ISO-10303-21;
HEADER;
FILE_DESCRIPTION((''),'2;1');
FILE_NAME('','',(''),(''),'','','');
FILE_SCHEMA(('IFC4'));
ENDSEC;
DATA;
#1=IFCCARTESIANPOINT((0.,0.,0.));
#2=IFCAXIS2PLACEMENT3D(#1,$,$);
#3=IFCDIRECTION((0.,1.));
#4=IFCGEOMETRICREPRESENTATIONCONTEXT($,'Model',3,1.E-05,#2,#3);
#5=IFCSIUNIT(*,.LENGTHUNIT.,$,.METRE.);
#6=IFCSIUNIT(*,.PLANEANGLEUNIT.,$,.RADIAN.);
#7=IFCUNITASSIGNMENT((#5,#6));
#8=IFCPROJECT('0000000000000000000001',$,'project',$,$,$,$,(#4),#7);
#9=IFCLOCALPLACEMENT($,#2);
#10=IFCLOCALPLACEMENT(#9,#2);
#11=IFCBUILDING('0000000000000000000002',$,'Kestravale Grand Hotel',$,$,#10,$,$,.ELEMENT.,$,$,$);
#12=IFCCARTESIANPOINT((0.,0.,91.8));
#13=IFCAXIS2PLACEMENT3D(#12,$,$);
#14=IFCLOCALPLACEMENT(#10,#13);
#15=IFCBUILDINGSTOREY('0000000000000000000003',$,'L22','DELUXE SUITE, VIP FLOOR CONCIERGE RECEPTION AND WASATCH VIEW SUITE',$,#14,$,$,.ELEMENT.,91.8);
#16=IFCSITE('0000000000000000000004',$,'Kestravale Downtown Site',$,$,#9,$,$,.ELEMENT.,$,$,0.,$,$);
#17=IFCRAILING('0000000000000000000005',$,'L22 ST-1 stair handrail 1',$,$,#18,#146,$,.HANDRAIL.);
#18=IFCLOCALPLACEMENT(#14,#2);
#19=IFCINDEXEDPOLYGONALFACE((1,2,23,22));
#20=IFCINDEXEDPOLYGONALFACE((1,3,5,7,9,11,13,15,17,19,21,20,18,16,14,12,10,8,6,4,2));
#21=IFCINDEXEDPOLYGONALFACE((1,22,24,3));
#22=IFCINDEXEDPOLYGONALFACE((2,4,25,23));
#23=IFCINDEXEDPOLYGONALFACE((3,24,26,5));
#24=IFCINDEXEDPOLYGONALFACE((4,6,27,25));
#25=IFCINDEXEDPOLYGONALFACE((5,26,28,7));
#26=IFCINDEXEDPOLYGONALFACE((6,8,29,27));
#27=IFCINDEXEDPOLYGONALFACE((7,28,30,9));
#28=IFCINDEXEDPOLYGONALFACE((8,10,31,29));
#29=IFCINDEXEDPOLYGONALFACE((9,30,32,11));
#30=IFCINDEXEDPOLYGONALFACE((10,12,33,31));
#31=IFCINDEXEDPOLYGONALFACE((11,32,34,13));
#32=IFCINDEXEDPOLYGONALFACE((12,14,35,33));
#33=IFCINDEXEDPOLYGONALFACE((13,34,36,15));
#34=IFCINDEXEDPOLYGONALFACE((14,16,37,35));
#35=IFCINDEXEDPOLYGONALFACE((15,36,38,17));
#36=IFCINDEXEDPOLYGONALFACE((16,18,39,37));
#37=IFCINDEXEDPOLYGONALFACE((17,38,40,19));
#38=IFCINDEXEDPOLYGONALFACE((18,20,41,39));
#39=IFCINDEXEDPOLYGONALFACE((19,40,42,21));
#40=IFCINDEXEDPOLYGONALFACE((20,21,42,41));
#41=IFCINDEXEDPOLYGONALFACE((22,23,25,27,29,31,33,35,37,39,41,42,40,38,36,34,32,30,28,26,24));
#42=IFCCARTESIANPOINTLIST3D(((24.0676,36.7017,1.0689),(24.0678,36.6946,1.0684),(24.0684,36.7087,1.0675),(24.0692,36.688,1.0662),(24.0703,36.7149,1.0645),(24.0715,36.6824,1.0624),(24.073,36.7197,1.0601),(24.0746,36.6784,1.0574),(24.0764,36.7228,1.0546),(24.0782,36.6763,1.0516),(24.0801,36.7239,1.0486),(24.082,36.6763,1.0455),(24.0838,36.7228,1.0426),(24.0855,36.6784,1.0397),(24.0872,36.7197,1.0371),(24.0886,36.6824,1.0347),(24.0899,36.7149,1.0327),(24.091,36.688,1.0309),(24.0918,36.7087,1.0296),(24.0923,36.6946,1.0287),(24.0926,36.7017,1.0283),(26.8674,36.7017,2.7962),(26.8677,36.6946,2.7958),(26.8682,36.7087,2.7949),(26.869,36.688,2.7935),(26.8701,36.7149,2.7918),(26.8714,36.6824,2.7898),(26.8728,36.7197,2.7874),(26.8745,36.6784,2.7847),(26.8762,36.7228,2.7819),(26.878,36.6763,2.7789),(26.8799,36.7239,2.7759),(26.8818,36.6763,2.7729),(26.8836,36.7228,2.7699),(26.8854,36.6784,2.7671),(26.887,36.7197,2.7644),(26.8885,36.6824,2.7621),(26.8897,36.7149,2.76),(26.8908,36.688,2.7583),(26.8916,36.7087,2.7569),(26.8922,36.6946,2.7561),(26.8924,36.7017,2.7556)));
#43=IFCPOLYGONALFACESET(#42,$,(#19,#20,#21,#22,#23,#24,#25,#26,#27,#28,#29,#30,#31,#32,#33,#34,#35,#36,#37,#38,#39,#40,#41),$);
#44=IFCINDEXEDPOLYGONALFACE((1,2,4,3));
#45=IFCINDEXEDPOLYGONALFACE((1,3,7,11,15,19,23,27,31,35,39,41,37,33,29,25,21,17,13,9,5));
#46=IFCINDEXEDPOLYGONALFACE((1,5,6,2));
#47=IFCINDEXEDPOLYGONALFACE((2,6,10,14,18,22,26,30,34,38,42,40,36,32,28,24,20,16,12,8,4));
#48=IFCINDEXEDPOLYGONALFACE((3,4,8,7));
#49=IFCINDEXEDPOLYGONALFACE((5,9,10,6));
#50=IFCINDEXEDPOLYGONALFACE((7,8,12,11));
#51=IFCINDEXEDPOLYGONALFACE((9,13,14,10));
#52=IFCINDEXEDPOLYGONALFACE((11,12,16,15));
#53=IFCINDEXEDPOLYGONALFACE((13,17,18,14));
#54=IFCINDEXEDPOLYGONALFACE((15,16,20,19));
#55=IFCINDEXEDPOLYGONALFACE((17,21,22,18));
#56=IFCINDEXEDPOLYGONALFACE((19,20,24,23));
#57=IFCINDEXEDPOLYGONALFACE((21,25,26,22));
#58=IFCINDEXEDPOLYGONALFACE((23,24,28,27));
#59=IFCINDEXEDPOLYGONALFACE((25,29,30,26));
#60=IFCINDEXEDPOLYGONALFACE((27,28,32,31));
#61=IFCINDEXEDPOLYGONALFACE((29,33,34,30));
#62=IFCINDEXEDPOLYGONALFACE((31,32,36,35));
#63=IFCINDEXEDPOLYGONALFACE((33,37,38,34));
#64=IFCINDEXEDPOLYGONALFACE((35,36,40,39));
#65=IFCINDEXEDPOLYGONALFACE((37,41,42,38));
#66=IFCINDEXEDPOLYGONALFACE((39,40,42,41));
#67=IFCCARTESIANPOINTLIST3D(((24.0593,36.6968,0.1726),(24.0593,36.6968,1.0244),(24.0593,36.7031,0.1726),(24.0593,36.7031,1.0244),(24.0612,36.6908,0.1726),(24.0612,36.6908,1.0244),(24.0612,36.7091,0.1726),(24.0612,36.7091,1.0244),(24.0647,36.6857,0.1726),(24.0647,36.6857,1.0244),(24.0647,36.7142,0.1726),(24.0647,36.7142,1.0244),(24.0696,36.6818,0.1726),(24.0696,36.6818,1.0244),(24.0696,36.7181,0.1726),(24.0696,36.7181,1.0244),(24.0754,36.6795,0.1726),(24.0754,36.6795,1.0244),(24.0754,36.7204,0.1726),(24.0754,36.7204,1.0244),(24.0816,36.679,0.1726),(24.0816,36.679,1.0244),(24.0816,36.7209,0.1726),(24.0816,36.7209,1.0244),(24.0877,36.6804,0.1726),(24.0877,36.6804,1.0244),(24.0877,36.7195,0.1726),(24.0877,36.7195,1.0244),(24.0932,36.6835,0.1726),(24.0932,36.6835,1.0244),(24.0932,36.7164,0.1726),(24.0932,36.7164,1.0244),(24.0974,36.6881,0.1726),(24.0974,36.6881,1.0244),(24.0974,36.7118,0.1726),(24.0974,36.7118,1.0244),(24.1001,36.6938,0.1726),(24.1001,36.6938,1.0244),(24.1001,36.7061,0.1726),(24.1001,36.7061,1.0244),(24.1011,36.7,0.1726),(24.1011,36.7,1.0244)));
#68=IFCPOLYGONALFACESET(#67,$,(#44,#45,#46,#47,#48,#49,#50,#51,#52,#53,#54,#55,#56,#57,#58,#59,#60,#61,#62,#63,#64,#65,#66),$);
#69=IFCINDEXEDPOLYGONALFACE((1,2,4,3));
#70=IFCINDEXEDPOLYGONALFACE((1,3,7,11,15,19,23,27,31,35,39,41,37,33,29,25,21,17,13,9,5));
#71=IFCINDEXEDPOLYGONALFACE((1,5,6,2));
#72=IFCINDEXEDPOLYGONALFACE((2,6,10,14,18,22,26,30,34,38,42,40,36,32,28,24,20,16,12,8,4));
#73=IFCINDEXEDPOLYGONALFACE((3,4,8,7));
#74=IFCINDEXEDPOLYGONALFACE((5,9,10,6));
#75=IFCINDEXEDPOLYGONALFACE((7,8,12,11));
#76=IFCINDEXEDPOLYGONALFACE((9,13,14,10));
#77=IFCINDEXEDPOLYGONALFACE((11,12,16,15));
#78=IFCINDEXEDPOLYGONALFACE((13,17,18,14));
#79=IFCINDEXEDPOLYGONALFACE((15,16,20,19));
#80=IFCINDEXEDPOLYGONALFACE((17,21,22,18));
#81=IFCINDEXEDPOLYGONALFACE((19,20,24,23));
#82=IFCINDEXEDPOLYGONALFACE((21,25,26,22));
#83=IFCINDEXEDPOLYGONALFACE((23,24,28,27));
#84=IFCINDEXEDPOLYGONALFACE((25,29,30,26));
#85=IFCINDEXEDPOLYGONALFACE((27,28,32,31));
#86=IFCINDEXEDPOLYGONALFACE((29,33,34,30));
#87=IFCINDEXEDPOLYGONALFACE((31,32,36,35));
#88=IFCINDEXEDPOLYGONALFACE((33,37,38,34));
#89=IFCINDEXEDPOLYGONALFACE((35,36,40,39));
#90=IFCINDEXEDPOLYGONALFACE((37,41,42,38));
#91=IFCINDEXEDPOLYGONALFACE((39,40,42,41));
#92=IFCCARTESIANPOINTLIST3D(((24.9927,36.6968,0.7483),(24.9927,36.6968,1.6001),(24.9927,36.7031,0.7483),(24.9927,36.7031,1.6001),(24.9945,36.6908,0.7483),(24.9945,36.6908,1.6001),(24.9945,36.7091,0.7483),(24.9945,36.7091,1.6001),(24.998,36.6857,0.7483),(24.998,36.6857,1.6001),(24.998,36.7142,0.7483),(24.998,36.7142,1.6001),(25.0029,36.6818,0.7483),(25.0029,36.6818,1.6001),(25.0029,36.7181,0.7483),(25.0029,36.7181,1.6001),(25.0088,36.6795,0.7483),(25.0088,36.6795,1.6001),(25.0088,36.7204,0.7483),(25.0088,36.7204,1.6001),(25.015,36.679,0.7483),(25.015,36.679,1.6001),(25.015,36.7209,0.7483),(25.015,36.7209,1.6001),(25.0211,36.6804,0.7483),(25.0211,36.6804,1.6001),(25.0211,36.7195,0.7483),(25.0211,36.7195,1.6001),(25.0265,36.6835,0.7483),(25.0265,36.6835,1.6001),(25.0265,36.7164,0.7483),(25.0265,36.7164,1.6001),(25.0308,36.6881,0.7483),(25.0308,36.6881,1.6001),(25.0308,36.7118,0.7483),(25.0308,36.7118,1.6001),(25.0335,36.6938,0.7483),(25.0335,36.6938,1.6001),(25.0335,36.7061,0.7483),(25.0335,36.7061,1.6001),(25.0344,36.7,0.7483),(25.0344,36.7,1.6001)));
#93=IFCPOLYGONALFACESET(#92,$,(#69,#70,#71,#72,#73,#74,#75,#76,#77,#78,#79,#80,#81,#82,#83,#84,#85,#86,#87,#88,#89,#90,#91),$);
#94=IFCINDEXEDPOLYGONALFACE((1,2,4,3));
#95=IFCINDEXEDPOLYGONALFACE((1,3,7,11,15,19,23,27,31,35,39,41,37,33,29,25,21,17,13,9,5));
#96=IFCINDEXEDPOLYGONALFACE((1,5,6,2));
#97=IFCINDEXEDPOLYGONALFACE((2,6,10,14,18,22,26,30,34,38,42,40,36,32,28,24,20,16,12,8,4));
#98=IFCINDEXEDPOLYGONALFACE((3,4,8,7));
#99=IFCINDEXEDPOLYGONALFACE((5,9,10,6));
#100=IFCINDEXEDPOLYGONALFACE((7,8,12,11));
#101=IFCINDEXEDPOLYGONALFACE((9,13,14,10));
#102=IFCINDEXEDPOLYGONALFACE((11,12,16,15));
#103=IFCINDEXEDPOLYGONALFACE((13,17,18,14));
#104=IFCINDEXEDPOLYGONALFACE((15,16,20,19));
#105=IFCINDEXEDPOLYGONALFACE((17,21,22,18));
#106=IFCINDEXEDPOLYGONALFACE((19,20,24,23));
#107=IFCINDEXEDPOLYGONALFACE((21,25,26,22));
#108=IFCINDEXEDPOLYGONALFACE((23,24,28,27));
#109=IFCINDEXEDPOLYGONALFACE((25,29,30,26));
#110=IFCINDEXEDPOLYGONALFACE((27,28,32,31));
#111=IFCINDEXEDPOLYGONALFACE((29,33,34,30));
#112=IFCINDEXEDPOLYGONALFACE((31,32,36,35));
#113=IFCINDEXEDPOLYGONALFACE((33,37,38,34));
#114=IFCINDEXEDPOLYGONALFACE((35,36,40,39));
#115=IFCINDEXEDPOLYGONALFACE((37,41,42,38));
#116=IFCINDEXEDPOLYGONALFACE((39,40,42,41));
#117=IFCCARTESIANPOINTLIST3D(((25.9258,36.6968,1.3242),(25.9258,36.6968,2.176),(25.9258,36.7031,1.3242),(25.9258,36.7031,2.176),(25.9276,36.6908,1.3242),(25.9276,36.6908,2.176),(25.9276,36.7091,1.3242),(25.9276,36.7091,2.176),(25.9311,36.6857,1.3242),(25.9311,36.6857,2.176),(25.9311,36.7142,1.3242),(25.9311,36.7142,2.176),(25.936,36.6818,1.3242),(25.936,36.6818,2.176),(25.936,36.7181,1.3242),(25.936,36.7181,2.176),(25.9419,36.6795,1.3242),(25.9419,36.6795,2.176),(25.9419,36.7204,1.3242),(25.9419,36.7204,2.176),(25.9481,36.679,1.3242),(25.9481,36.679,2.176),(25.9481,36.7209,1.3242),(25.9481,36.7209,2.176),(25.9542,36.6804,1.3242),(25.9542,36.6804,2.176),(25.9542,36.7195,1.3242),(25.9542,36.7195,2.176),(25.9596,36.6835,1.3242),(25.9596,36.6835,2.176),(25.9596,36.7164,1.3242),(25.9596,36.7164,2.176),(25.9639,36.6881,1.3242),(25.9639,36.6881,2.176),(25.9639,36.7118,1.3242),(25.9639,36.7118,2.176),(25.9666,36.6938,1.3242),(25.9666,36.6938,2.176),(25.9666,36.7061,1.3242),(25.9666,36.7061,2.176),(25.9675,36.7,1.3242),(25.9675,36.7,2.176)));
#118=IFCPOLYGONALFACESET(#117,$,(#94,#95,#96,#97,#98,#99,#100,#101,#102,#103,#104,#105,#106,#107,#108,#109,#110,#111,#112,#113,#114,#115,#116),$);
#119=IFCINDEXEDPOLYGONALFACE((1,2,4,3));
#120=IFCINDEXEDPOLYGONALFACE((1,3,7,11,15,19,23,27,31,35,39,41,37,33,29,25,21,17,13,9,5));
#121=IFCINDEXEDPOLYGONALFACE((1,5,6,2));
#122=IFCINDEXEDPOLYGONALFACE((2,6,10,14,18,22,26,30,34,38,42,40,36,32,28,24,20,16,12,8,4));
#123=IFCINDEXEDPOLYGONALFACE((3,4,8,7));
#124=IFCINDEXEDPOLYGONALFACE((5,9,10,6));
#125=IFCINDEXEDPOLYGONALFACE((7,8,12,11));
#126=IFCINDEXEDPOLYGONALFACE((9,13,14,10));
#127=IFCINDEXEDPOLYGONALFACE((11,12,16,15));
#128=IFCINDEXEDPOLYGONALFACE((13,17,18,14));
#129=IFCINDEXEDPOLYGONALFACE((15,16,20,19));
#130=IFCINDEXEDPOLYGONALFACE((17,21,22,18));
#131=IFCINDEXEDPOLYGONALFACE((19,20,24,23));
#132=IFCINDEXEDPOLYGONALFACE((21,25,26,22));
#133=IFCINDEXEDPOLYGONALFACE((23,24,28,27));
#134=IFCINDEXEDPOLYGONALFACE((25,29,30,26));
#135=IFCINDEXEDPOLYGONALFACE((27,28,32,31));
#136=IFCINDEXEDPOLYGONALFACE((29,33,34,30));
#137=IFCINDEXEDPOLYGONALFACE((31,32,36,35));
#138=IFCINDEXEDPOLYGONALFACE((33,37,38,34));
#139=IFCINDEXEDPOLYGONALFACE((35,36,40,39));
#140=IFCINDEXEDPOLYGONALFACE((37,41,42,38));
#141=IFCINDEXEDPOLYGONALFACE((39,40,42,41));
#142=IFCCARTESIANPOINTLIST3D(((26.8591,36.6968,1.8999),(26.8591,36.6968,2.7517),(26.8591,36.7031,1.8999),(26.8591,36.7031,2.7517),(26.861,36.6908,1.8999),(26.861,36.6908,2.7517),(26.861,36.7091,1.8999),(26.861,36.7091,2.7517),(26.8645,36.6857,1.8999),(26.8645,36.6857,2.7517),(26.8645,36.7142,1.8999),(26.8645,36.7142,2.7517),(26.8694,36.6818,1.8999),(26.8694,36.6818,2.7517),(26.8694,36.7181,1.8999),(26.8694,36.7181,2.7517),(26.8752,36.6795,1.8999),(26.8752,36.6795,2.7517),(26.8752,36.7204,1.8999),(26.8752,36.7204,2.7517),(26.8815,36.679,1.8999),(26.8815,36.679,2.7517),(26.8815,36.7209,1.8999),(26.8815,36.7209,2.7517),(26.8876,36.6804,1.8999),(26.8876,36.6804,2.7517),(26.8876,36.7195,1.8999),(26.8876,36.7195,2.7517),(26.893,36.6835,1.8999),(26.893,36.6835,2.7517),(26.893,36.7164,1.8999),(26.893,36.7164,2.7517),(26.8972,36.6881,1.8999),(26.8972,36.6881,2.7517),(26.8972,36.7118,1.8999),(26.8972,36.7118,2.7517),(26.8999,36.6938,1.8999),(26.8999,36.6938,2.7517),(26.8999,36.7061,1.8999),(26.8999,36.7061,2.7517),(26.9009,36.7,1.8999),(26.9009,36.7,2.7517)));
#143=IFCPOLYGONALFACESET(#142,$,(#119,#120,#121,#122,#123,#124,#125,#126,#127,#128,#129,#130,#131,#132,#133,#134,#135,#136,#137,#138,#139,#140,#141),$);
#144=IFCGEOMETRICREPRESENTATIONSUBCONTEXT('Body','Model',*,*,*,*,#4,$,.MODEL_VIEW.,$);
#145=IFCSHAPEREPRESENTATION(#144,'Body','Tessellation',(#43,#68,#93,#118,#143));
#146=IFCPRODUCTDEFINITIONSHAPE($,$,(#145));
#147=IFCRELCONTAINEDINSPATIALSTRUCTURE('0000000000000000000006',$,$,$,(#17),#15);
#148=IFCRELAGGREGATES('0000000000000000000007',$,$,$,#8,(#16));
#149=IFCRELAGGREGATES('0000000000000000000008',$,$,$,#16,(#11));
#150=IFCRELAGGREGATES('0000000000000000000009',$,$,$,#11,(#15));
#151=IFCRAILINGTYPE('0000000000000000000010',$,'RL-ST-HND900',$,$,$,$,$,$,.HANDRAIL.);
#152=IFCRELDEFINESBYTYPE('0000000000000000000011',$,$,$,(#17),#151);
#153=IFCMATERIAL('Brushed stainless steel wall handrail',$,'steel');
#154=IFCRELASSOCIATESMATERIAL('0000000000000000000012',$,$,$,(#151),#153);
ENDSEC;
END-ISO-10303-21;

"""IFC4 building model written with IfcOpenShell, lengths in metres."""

from ifc_helpers import new_model, si_unit, direction, frame, origin, origin_2d, place, context, subcontext, project, spatial, circle, extrude, material, type_object, element, save


model = new_model("IFC4")

# Units and contexts
model_context = context("Model", 3, precision=1e-05, world=origin(), true_north=direction((0.0, 1.0)))
body_context = subcontext(model_context, "Body", "Model", "MODEL_VIEW")
ifc_project = project(units=[si_unit("LENGTHUNIT", "METRE"), si_unit("PLANEANGLEUNIT", "RADIAN")], contexts=[model_context])

# Site, building, storey
site_placement = place(None, origin())
site = spatial("IfcSite", under=ifc_project, at=site_placement, Name="Kestravale Downtown Site", CompositionType="ELEMENT", RefElevation=0.0)
building_placement = place(site_placement, origin())
building = spatial("IfcBuilding", under=site, at=building_placement, Name="Kestravale Grand Hotel", CompositionType="ELEMENT")
storey_placement = place(building_placement, frame((0.0, 0.0, 91.8)))
storey = spatial("IfcBuildingStorey", under=building, at=storey_placement, Name="L22", Description="DELUXE SUITE, VIP FLOOR CONCIERGE RECEPTION AND WASATCH VIEW SUITE", CompositionType="ELEMENT", Elevation=91.8)

# Railing
ifc_material_1 = material(Name="Brushed stainless steel wall handrail", Category="steel")
railing_type_1 = type_object("IfcRailingType", Name="RL-ST-HND900", PredefinedType="HANDRAIL", material=ifc_material_1)
railing_1_placement = place(storey_placement, frame((24.0801, 36.7, 0.1726)))
element("IfcRailing", 1, at=railing_1_placement, inside=storey, type_object=railing_type_1, Name="L22 ST-1 stair handrail 1", PredefinedType="HANDRAIL", context=body_context, shape_type="SweptSolid", body=[
    extrude(circle(Radius=0.0239, at=origin_2d()), frame((0.0, 0.0, 0.876), z_axis=(0.851069, 0.0, 0.525054), x_axis=(0.0, 1.0, 0.0)), (0.0, 0.0, 1.0), 3.2898),
    extrude(circle(Radius=0.021, at=origin_2d()), origin(), (0.0, 0.0, 1.0), 0.8518),
    extrude(circle(Radius=0.021, at=origin_2d()), frame((0.9333, 0.0, 0.5757)), (0.0, 0.0, 1.0), 0.8518),
    extrude(circle(Radius=0.021, at=origin_2d()), frame((1.8665, 0.0, 1.1516)), (0.0, 0.0, 1.0), 0.8518),
    extrude(circle(Radius=0.021, at=origin_2d()), frame((2.7998, 0.0, 1.7273)), (0.0, 0.0, 1.0), 0.8518),
])

save(model, "model.ifc")
